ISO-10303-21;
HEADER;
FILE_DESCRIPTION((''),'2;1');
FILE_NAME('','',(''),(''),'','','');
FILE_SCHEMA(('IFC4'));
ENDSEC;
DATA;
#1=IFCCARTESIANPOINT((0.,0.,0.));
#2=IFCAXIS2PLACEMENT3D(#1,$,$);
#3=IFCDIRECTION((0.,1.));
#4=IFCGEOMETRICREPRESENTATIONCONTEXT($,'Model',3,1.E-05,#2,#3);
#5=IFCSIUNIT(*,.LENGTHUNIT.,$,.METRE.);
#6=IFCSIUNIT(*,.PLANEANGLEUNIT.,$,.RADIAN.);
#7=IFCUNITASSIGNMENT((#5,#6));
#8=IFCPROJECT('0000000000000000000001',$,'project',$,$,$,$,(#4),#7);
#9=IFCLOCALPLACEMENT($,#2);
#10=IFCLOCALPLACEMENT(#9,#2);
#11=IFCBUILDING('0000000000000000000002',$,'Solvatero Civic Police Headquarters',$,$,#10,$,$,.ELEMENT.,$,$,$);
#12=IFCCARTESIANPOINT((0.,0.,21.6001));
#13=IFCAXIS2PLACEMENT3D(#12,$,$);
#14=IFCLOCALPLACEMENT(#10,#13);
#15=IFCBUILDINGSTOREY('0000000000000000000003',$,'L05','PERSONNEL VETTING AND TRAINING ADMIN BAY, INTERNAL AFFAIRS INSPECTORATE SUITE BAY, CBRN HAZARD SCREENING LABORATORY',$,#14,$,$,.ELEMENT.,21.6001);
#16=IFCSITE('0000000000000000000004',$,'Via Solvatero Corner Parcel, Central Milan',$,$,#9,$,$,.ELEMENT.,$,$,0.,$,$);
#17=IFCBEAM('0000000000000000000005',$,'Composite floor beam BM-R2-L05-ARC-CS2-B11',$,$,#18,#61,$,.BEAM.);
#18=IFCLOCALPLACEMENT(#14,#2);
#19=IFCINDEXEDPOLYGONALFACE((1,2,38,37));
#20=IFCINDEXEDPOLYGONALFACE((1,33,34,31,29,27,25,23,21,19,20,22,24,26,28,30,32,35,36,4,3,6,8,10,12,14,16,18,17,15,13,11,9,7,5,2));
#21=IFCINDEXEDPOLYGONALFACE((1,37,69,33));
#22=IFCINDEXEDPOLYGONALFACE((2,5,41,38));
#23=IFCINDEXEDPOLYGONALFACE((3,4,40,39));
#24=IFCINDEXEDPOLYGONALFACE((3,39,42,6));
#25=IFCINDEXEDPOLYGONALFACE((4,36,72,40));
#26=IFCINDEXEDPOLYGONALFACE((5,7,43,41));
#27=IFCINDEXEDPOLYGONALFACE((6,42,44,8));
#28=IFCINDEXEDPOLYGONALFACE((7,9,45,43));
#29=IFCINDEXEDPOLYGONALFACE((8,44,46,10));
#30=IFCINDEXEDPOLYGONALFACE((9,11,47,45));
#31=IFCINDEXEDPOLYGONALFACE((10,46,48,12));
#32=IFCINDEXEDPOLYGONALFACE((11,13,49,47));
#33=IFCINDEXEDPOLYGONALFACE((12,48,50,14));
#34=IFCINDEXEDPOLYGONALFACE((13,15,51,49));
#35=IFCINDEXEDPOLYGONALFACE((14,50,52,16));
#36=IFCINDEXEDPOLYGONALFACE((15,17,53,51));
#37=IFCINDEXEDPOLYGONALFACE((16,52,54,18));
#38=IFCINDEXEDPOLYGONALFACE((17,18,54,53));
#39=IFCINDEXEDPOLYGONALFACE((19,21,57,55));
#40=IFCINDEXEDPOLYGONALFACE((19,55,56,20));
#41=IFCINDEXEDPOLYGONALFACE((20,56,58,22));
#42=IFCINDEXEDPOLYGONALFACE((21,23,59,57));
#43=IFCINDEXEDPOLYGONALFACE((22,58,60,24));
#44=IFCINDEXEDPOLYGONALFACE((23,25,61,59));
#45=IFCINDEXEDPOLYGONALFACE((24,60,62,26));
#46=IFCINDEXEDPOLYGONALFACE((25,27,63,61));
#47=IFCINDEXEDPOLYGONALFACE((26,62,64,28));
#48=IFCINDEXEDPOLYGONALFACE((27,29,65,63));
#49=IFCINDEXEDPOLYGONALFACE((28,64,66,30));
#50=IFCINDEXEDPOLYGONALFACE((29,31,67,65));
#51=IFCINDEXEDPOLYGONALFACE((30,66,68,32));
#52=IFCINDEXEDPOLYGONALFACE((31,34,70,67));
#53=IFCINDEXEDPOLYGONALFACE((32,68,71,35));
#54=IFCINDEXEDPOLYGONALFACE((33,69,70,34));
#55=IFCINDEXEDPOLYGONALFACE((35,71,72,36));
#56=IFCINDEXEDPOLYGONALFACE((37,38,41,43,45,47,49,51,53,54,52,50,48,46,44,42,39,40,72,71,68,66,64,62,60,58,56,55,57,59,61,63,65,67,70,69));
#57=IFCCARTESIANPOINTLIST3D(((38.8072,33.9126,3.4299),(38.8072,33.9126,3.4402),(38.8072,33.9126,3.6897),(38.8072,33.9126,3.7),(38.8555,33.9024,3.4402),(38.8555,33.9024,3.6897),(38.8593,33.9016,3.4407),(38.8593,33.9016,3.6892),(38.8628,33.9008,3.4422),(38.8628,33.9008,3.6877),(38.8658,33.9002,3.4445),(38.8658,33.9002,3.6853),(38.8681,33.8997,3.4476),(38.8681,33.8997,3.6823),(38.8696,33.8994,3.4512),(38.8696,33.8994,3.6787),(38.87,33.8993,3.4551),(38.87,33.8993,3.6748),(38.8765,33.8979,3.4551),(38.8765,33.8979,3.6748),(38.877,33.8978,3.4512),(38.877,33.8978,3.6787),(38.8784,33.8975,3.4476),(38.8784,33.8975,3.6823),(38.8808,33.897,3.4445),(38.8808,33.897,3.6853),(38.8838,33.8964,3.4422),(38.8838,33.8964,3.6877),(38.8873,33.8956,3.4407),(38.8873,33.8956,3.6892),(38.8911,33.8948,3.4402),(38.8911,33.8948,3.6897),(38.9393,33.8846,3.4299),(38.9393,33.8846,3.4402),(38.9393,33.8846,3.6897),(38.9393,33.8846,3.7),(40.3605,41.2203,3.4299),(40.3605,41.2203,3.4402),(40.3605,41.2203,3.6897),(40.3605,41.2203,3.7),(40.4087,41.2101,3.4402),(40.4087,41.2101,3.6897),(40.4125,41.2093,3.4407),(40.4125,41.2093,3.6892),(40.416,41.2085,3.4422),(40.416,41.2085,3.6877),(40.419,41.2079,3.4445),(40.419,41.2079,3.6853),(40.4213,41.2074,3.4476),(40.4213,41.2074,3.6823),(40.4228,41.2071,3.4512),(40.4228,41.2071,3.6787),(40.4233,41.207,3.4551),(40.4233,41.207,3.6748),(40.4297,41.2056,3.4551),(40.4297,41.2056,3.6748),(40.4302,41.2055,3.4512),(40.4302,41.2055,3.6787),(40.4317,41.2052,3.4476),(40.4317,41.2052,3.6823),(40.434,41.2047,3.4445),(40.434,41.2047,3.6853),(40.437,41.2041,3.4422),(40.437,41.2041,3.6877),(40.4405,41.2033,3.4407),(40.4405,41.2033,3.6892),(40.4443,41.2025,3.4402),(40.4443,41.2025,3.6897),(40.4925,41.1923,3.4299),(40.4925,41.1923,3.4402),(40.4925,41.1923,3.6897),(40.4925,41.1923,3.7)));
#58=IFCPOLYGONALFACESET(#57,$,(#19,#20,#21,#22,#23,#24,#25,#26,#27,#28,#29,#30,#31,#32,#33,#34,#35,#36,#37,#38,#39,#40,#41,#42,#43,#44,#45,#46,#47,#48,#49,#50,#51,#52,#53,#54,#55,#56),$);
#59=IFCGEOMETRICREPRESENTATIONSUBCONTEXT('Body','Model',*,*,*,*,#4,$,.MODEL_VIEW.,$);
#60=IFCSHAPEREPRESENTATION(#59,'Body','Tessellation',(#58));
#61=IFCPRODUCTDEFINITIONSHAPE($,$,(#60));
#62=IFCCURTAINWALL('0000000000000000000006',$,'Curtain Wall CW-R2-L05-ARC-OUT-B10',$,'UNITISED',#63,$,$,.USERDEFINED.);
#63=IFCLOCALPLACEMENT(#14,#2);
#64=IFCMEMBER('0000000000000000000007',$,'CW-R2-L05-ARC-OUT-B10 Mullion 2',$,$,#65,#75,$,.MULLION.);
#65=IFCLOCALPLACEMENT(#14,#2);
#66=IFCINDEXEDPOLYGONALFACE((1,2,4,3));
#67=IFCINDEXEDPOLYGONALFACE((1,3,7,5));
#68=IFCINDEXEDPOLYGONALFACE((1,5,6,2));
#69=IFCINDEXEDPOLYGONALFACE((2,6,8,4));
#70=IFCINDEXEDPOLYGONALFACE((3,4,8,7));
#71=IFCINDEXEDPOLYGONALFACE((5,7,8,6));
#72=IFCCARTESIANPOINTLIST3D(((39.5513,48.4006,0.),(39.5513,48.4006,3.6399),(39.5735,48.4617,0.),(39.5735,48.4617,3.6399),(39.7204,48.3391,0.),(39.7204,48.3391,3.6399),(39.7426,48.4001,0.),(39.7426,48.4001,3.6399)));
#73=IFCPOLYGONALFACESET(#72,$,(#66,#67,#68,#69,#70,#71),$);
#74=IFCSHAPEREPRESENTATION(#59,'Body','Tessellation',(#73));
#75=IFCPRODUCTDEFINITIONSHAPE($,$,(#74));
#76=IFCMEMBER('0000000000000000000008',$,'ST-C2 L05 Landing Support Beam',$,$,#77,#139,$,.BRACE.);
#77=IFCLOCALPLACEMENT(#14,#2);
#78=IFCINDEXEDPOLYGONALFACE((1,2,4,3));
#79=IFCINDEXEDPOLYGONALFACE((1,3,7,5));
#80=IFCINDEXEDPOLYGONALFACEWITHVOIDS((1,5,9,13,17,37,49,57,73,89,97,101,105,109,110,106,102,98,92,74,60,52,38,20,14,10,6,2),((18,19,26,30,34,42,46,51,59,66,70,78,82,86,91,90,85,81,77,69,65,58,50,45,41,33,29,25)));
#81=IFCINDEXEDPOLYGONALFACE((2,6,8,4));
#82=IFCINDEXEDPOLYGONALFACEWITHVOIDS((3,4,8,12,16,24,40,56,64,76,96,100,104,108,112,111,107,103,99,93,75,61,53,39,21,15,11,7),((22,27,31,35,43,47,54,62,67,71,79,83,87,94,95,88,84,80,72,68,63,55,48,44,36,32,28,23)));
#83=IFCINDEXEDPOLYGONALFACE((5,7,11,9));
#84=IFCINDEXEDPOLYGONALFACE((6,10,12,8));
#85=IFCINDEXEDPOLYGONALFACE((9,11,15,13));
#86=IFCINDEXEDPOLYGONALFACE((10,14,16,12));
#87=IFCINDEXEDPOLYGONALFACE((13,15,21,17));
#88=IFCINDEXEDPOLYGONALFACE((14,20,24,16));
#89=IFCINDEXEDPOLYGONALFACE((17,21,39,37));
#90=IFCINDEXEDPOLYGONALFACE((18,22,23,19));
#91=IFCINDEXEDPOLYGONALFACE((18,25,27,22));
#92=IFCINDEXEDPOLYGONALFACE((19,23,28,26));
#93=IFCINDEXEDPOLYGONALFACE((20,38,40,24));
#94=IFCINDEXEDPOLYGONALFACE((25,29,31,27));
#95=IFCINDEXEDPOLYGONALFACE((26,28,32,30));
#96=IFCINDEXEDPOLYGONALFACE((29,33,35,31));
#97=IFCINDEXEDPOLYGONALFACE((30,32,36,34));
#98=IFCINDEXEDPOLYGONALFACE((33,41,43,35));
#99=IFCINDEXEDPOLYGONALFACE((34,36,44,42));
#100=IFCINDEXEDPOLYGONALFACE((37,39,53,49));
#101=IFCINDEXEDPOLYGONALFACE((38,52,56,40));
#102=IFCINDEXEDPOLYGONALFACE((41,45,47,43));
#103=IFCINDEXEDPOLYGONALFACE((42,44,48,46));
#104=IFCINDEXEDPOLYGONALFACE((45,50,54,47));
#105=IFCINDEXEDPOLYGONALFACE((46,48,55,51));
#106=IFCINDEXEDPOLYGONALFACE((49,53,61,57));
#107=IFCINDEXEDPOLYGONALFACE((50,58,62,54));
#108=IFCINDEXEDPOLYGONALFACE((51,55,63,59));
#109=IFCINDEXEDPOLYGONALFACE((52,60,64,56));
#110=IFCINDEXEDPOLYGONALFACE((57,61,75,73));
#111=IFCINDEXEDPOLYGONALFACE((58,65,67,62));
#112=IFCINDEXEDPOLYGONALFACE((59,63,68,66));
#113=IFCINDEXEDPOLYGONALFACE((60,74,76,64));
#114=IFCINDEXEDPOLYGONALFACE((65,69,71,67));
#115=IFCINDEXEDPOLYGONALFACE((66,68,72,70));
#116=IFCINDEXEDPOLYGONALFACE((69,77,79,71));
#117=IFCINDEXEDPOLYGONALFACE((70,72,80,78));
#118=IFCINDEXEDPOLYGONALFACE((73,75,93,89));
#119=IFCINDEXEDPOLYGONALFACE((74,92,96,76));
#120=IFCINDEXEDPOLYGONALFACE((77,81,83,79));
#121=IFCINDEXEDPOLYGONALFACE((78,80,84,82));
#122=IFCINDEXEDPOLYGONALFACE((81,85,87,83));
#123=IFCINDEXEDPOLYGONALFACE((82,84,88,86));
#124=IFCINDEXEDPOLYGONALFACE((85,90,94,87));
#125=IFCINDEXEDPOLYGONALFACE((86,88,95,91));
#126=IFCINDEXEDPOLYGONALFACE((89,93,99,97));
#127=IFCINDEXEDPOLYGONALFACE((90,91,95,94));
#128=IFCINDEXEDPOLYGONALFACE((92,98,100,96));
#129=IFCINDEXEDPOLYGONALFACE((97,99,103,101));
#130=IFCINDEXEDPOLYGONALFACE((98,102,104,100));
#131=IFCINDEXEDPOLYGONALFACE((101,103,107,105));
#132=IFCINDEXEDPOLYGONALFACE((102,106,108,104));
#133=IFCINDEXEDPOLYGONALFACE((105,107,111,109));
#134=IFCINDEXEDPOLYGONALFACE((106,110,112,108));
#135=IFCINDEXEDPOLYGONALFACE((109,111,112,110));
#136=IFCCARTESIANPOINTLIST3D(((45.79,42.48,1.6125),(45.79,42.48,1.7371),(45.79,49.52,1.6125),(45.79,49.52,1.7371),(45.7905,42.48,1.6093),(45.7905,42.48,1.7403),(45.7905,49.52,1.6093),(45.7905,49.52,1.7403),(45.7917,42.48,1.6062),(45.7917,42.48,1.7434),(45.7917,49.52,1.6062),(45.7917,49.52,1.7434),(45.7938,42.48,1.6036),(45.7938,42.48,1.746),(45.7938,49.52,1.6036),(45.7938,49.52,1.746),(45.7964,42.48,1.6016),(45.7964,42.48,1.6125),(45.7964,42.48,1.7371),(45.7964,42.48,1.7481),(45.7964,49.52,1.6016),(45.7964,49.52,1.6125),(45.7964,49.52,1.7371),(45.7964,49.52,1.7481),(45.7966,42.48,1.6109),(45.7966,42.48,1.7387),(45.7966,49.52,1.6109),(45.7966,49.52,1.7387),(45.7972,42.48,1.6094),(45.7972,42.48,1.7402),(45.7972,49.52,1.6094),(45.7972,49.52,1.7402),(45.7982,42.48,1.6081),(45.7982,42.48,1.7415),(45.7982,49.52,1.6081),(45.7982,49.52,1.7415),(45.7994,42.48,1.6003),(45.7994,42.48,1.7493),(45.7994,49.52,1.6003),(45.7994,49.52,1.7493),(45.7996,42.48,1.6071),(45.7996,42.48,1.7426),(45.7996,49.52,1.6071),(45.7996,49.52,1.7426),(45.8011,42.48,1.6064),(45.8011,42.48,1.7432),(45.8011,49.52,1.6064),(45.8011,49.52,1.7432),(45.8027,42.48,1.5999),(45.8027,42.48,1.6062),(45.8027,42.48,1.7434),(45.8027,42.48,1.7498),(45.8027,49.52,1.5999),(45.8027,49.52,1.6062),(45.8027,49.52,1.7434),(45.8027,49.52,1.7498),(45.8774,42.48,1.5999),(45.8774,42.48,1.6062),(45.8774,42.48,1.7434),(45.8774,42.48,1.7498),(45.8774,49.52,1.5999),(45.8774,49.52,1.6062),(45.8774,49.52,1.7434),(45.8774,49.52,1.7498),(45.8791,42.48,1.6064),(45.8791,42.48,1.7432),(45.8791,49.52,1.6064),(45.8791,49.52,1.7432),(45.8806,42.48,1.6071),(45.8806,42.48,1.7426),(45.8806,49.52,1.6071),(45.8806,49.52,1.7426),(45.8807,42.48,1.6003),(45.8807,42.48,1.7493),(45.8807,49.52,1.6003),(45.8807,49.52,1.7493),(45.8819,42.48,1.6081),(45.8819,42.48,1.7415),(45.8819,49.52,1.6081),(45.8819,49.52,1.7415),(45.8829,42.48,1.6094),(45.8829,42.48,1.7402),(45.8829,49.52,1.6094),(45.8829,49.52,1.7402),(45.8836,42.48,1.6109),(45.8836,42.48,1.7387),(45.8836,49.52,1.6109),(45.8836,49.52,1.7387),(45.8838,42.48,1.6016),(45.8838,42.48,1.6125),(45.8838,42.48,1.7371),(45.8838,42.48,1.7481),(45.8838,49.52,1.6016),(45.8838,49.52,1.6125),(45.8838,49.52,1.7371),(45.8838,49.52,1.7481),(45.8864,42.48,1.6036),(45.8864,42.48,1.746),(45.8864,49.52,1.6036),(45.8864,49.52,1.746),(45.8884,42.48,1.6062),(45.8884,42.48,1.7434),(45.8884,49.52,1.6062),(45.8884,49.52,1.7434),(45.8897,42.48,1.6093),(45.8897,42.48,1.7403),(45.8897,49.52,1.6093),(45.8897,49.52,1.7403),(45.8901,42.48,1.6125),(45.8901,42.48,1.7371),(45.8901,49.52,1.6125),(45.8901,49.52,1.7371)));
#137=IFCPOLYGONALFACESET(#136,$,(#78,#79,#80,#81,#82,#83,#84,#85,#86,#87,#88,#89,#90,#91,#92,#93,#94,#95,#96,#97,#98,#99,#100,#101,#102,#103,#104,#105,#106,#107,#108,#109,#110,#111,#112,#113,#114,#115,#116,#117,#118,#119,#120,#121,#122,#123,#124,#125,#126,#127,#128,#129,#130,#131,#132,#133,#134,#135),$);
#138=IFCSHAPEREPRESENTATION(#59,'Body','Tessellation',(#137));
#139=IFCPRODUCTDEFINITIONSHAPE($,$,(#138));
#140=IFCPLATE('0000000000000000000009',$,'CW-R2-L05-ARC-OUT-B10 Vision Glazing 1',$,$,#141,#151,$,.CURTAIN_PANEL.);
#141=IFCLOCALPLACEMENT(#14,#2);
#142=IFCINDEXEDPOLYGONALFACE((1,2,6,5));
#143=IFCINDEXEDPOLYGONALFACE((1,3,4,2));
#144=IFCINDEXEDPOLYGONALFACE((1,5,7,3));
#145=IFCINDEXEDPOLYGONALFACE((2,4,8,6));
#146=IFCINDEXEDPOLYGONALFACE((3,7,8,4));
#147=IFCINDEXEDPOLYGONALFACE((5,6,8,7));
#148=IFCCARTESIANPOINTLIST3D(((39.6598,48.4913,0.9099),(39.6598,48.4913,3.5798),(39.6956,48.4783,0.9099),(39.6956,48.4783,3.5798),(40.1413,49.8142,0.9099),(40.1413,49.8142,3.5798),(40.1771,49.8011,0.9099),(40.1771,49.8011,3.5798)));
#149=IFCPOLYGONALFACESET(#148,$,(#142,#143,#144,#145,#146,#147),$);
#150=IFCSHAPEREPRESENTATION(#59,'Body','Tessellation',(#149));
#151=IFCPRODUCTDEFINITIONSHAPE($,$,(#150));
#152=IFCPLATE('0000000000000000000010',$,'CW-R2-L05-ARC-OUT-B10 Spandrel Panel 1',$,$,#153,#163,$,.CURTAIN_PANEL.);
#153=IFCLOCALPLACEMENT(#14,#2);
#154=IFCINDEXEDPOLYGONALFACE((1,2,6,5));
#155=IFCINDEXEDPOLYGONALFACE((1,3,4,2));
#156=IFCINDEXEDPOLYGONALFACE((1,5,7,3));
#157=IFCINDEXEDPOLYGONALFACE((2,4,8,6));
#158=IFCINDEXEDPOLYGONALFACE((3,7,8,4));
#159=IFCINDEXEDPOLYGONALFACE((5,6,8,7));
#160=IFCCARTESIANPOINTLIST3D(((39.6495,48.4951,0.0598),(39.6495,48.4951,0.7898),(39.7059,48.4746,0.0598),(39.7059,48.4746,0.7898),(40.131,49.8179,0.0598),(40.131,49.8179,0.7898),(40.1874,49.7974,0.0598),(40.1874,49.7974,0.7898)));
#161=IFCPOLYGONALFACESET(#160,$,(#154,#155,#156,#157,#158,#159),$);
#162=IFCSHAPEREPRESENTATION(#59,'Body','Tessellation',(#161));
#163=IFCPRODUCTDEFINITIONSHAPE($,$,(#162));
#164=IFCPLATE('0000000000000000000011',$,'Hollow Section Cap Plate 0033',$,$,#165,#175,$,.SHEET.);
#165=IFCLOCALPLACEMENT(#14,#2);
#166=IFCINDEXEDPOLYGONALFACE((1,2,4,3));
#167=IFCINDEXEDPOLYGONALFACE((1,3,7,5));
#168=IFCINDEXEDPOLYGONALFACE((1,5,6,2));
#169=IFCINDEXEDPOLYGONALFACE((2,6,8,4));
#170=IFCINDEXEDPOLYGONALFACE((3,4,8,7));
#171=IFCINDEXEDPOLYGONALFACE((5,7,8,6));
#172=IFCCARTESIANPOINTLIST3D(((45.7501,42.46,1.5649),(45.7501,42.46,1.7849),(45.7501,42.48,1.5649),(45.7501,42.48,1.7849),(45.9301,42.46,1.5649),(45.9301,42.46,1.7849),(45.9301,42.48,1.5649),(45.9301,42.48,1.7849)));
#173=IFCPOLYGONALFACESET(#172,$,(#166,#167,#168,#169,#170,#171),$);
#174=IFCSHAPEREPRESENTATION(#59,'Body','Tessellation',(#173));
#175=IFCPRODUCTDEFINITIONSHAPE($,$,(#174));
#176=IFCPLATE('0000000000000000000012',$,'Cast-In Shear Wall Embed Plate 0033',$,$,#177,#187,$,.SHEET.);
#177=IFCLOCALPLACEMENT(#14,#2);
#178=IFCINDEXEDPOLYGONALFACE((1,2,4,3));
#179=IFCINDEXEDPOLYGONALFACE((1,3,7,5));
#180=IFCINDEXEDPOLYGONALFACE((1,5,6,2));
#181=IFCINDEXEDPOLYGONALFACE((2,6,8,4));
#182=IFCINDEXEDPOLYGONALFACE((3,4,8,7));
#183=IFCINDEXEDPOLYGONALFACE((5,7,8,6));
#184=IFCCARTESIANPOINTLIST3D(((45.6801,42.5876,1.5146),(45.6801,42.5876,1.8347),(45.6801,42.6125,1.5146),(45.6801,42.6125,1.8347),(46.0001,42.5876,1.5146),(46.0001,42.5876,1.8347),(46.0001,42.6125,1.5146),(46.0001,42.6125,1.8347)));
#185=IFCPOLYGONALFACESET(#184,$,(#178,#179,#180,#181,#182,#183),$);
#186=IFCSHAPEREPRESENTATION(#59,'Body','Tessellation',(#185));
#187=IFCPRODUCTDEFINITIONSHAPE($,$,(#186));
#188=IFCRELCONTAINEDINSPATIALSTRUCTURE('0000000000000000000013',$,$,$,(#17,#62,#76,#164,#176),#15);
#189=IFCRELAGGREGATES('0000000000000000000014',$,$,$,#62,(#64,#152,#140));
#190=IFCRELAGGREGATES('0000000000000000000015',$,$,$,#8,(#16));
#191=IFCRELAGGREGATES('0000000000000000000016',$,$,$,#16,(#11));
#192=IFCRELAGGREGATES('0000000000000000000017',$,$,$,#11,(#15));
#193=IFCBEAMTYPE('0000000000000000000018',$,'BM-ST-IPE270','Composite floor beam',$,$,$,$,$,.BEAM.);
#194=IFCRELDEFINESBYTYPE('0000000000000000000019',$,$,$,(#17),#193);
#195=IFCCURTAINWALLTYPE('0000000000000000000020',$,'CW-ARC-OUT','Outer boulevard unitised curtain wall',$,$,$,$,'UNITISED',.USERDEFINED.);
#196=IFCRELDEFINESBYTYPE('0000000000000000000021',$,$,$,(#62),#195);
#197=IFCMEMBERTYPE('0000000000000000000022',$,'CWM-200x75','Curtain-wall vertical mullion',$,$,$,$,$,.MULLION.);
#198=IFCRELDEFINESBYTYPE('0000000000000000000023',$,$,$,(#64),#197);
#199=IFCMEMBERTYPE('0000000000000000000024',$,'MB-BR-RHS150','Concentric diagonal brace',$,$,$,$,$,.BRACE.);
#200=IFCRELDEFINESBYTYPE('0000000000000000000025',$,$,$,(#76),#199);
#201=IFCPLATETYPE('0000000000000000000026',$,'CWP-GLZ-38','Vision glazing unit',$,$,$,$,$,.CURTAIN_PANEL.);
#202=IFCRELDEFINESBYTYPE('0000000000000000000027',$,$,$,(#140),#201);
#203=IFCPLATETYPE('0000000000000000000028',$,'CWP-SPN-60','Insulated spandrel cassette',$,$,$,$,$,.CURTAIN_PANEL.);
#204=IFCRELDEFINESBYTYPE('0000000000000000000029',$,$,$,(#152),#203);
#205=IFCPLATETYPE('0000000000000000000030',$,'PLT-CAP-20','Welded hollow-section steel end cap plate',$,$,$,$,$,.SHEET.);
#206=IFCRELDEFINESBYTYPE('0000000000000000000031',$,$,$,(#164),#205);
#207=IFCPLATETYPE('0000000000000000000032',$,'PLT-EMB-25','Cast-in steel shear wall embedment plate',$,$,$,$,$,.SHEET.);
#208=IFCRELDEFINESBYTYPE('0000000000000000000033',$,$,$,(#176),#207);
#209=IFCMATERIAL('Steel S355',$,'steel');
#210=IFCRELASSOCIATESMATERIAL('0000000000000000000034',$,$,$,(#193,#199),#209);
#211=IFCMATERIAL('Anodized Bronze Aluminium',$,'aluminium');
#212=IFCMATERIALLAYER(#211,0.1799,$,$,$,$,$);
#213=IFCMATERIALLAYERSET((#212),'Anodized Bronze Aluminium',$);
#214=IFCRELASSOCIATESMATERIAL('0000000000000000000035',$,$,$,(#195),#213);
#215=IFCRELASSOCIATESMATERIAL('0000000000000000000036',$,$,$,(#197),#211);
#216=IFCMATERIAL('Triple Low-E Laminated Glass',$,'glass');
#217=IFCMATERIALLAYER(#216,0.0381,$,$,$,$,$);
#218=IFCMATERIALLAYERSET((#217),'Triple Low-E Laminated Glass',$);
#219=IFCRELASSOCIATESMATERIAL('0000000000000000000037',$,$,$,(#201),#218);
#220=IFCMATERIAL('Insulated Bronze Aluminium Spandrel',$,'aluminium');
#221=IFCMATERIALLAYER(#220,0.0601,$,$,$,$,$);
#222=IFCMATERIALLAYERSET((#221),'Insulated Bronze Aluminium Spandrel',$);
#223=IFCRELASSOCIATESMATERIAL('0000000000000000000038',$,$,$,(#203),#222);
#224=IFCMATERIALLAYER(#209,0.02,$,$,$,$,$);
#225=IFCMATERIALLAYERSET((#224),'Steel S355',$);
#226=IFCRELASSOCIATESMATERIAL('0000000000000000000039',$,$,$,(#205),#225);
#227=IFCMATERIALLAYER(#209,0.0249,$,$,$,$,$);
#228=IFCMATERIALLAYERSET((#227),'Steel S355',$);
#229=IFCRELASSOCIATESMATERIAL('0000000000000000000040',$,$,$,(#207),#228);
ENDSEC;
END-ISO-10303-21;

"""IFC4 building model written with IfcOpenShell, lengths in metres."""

from ifc_helpers import new_model, si_unit, direction, frame, origin, origin_2d, place, context, subcontext, project, spatial, rectangle, hollow_rectangle, i_section, extrude, material, layer, layer_set, material_profile, profile_set, type_object, element, aggregate, save


model = new_model("IFC4")

# Units and contexts
model_context = context("Model", 3, precision=1e-05, world=origin(), true_north=direction((0.0, 1.0)))
body_context = subcontext(model_context, "Body", "Model", "MODEL_VIEW")
ifc_project = project(units=[si_unit("LENGTHUNIT", "METRE"), si_unit("PLANEANGLEUNIT", "RADIAN")], contexts=[model_context])

# Site, building, storey
site_placement = place(None, origin())
site = spatial("IfcSite", under=ifc_project, at=site_placement, Name="Via Solvatero Corner Parcel, Central Milan", CompositionType="ELEMENT", RefElevation=0.0)
building_placement = place(site_placement, origin())
building = spatial("IfcBuilding", under=site, at=building_placement, Name="Solvatero Civic Police Headquarters", CompositionType="ELEMENT")
storey_placement = place(building_placement, frame((0.0, 0.0, 21.6001)))
storey = spatial("IfcBuildingStorey", under=building, at=storey_placement, Name="L05", Description="PERSONNEL VETTING AND TRAINING ADMIN BAY, INTERNAL AFFAIRS INSPECTORATE SUITE BAY, CBRN HAZARD SCREENING LABORATORY", CompositionType="ELEMENT", Elevation=21.6001)

# Beam
ifc_material_1 = material(Name="Steel S355", Category="steel")
ifc_material_profile_1 = material_profile(ifc_material_1, i_section(OverallWidth=0.135, OverallDepth=0.27, WebThickness=0.0066, FlangeThickness=0.0103, FilletRadius=0.0149, at=origin_2d()), Name="IPE 270")
ifc_profile_set_1 = profile_set([ifc_material_profile_1], Name="Steel S355")
beam_type = type_object("IfcBeamType", Name="BM-ST-IPE270", Description="Composite floor beam", PredefinedType="BEAM", material=ifc_profile_set_1)
beam_placement = place(storey_placement, frame((40.4265, 41.2063, 3.5649), z_axis=(-0.207904, -0.978149, 0.0), x_axis=(0.978149, -0.207904, 0.0)))
element("IfcBeam", 1, at=beam_placement, inside=storey, type_object=beam_type, Name="Composite floor beam BM-R2-L05-ARC-CS2-B11", PredefinedType="BEAM", context=body_context, shape_type="SweptSolid", body=[
    extrude(i_section(OverallWidth=0.135, OverallDepth=0.27, WebThickness=0.0066, FlangeThickness=0.0103, FilletRadius=0.0149, at=origin_2d()), origin(), (0.0, 0.0, 1.0), 7.4709),
])

# Curtain wall, member
ifc_material_2 = material(Name="Anodized Bronze Aluminium", Category="aluminium")
ifc_layer_1 = layer(ifc_material_2, 0.1799)
ifc_layer_set_1 = layer_set([ifc_layer_1], Name="Anodized Bronze Aluminium")
curtain_wall_type = type_object("IfcCurtainWallType", Name="CW-ARC-OUT", Description="Outer boulevard unitised curtain wall", ElementType="UNITISED", PredefinedType="USERDEFINED", material=ifc_layer_set_1)
curtain_wall_placement = place(storey_placement, origin())
curtain_wall = element("IfcCurtainWall", 2, at=curtain_wall_placement, inside=storey, type_object=curtain_wall_type, Name="Curtain Wall CW-R2-L05-ARC-OUT-B10", ObjectType="UNITISED", PredefinedType="USERDEFINED")
ifc_material_profile_2 = material_profile(ifc_material_2, rectangle(XDim=0.0649, YDim=0.1799, at=origin_2d()), Name="ALU MULLION 65x180")
ifc_profile_set_2 = profile_set([ifc_material_profile_2], Name="Anodized Bronze Aluminium")
member_type_1 = type_object("IfcMemberType", Name="CWM-200x75", Description="Curtain-wall vertical mullion", PredefinedType="MULLION", material=ifc_profile_set_2)
member_1_placement = place(storey_placement, frame((39.647, 48.4004, 0.0), z_axis=(0.0, 0.0, 1.0), x_axis=(-0.34202, -0.939693, 0.0)))
member_1 = element("IfcMember", 3, at=member_1_placement, type_object=member_type_1, Name="CW-R2-L05-ARC-OUT-B10 Mullion 2", PredefinedType="MULLION", context=body_context, shape_type="SweptSolid", body=[
    extrude(rectangle(XDim=0.0649, YDim=0.1799, at=origin_2d()), origin(), (0.0, 0.0, 1.0), 3.6399),
])

# Member
ifc_material_profile_3 = material_profile(ifc_material_1, hollow_rectangle(XDim=0.1001, YDim=0.1499, WallThickness=0.0063, InnerFilletRadius=0.0063, OuterFilletRadius=0.0127, at=origin_2d()), Name="RHS 150x100x6.3")
ifc_profile_set_3 = profile_set([ifc_material_profile_3], Name="Steel S355")
member_type_2 = type_object("IfcMemberType", Name="MB-BR-RHS150", Description="Concentric diagonal brace", PredefinedType="BRACE", material=ifc_profile_set_3)
member_2_placement = place(storey_placement, frame((45.8401, 42.48, 1.6748), z_axis=(0.0, 1.0, 0.0), x_axis=(-1.0, 0.0, 0.0)))
element("IfcMember", 4, at=member_2_placement, inside=storey, type_object=member_type_2, Name="ST-C2 L05 Landing Support Beam", PredefinedType="BRACE", context=body_context, shape_type="SweptSolid", body=[
    extrude(hollow_rectangle(XDim=0.1001, YDim=0.1499, WallThickness=0.0063, InnerFilletRadius=0.0063, OuterFilletRadius=0.0127, at=origin_2d()), origin(), (0.0, 0.0, 1.0), 7.04),
])

# Plates
ifc_material_3 = material(Name="Triple Low-E Laminated Glass", Category="glass")
ifc_layer_2 = layer(ifc_material_3, 0.0381)
ifc_layer_set_2 = layer_set([ifc_layer_2], Name="Triple Low-E Laminated Glass")
plate_type_1 = type_object("IfcPlateType", Name="CWP-GLZ-38", Description="Vision glazing unit", PredefinedType="CURTAIN_PANEL", material=ifc_layer_set_2)
plate_1_placement = place(storey_placement, frame((39.9185, 49.1462, 0.9099), z_axis=(0.0, 0.0, 1.0), x_axis=(-0.34202, -0.939693, 0.0)))
plate_1 = element("IfcPlate", 5, at=plate_1_placement, type_object=plate_type_1, Name="CW-R2-L05-ARC-OUT-B10 Vision Glazing 1", PredefinedType="CURTAIN_PANEL", context=body_context, shape_type="SweptSolid", body=[
    extrude(rectangle(XDim=1.4077, YDim=0.0381, at=origin_2d()), origin(), (0.0, 0.0, 1.0), 2.6699),
])
ifc_material_4 = material(Name="Insulated Bronze Aluminium Spandrel", Category="aluminium")
ifc_layer_3 = layer(ifc_material_4, 0.0601)
ifc_layer_set_3 = layer_set([ifc_layer_3], Name="Insulated Bronze Aluminium Spandrel")
plate_type_2 = type_object("IfcPlateType", Name="CWP-SPN-60", Description="Insulated spandrel cassette", PredefinedType="CURTAIN_PANEL", material=ifc_layer_set_3)
plate_2_placement = place(storey_placement, frame((39.9185, 49.1462, 0.0598), z_axis=(0.0, 0.0, 1.0), x_axis=(-0.34202, -0.939693, 0.0)))
plate_2 = element("IfcPlate", 6, at=plate_2_placement, type_object=plate_type_2, Name="CW-R2-L05-ARC-OUT-B10 Spandrel Panel 1", PredefinedType="CURTAIN_PANEL", context=body_context, shape_type="SweptSolid", body=[
    extrude(rectangle(XDim=1.4077, YDim=0.0601, at=origin_2d()), origin(), (0.0, 0.0, 1.0), 0.73),
])
aggregate(curtain_wall, [member_1, plate_2, plate_1])

# Plates
ifc_layer_4 = layer(ifc_material_1, 0.02)
ifc_layer_set_4 = layer_set([ifc_layer_4], Name="Steel S355")
plate_type_3 = type_object("IfcPlateType", Name="PLT-CAP-20", Description="Welded hollow-section steel end cap plate", PredefinedType="SHEET", material=ifc_layer_set_4)
plate_3_placement = place(storey_placement, frame((45.8401, 42.47, 1.5649), z_axis=(0.0, 0.0, 1.0), x_axis=(1.0, 0.0, 0.0)))
element("IfcPlate", 7, at=plate_3_placement, inside=storey, type_object=plate_type_3, Name="Hollow Section Cap Plate 0033", PredefinedType="SHEET", context=body_context, shape_type="SweptSolid", body=[
    extrude(rectangle(XDim=0.1799, YDim=0.02, at=origin_2d()), origin(), (0.0, 0.0, 1.0), 0.22),
])
ifc_layer_5 = layer(ifc_material_1, 0.0249)
ifc_layer_set_5 = layer_set([ifc_layer_5], Name="Steel S355")
plate_type_4 = type_object("IfcPlateType", Name="PLT-EMB-25", Description="Cast-in steel shear wall embedment plate", PredefinedType="SHEET", material=ifc_layer_set_5)
plate_4_placement = place(storey_placement, frame((45.8401, 42.6001, 1.5146), z_axis=(0.0, 0.0, 1.0), x_axis=(1.0, 0.0, 0.0)))
element("IfcPlate", 8, at=plate_4_placement, inside=storey, type_object=plate_type_4, Name="Cast-In Shear Wall Embed Plate 0033", PredefinedType="SHEET", context=body_context, shape_type="SweptSolid", body=[
    extrude(rectangle(XDim=0.3201, YDim=0.0249, at=origin_2d()), origin(), (0.0, 0.0, 1.0), 0.3201),
])

save(model, "model.ifc")
